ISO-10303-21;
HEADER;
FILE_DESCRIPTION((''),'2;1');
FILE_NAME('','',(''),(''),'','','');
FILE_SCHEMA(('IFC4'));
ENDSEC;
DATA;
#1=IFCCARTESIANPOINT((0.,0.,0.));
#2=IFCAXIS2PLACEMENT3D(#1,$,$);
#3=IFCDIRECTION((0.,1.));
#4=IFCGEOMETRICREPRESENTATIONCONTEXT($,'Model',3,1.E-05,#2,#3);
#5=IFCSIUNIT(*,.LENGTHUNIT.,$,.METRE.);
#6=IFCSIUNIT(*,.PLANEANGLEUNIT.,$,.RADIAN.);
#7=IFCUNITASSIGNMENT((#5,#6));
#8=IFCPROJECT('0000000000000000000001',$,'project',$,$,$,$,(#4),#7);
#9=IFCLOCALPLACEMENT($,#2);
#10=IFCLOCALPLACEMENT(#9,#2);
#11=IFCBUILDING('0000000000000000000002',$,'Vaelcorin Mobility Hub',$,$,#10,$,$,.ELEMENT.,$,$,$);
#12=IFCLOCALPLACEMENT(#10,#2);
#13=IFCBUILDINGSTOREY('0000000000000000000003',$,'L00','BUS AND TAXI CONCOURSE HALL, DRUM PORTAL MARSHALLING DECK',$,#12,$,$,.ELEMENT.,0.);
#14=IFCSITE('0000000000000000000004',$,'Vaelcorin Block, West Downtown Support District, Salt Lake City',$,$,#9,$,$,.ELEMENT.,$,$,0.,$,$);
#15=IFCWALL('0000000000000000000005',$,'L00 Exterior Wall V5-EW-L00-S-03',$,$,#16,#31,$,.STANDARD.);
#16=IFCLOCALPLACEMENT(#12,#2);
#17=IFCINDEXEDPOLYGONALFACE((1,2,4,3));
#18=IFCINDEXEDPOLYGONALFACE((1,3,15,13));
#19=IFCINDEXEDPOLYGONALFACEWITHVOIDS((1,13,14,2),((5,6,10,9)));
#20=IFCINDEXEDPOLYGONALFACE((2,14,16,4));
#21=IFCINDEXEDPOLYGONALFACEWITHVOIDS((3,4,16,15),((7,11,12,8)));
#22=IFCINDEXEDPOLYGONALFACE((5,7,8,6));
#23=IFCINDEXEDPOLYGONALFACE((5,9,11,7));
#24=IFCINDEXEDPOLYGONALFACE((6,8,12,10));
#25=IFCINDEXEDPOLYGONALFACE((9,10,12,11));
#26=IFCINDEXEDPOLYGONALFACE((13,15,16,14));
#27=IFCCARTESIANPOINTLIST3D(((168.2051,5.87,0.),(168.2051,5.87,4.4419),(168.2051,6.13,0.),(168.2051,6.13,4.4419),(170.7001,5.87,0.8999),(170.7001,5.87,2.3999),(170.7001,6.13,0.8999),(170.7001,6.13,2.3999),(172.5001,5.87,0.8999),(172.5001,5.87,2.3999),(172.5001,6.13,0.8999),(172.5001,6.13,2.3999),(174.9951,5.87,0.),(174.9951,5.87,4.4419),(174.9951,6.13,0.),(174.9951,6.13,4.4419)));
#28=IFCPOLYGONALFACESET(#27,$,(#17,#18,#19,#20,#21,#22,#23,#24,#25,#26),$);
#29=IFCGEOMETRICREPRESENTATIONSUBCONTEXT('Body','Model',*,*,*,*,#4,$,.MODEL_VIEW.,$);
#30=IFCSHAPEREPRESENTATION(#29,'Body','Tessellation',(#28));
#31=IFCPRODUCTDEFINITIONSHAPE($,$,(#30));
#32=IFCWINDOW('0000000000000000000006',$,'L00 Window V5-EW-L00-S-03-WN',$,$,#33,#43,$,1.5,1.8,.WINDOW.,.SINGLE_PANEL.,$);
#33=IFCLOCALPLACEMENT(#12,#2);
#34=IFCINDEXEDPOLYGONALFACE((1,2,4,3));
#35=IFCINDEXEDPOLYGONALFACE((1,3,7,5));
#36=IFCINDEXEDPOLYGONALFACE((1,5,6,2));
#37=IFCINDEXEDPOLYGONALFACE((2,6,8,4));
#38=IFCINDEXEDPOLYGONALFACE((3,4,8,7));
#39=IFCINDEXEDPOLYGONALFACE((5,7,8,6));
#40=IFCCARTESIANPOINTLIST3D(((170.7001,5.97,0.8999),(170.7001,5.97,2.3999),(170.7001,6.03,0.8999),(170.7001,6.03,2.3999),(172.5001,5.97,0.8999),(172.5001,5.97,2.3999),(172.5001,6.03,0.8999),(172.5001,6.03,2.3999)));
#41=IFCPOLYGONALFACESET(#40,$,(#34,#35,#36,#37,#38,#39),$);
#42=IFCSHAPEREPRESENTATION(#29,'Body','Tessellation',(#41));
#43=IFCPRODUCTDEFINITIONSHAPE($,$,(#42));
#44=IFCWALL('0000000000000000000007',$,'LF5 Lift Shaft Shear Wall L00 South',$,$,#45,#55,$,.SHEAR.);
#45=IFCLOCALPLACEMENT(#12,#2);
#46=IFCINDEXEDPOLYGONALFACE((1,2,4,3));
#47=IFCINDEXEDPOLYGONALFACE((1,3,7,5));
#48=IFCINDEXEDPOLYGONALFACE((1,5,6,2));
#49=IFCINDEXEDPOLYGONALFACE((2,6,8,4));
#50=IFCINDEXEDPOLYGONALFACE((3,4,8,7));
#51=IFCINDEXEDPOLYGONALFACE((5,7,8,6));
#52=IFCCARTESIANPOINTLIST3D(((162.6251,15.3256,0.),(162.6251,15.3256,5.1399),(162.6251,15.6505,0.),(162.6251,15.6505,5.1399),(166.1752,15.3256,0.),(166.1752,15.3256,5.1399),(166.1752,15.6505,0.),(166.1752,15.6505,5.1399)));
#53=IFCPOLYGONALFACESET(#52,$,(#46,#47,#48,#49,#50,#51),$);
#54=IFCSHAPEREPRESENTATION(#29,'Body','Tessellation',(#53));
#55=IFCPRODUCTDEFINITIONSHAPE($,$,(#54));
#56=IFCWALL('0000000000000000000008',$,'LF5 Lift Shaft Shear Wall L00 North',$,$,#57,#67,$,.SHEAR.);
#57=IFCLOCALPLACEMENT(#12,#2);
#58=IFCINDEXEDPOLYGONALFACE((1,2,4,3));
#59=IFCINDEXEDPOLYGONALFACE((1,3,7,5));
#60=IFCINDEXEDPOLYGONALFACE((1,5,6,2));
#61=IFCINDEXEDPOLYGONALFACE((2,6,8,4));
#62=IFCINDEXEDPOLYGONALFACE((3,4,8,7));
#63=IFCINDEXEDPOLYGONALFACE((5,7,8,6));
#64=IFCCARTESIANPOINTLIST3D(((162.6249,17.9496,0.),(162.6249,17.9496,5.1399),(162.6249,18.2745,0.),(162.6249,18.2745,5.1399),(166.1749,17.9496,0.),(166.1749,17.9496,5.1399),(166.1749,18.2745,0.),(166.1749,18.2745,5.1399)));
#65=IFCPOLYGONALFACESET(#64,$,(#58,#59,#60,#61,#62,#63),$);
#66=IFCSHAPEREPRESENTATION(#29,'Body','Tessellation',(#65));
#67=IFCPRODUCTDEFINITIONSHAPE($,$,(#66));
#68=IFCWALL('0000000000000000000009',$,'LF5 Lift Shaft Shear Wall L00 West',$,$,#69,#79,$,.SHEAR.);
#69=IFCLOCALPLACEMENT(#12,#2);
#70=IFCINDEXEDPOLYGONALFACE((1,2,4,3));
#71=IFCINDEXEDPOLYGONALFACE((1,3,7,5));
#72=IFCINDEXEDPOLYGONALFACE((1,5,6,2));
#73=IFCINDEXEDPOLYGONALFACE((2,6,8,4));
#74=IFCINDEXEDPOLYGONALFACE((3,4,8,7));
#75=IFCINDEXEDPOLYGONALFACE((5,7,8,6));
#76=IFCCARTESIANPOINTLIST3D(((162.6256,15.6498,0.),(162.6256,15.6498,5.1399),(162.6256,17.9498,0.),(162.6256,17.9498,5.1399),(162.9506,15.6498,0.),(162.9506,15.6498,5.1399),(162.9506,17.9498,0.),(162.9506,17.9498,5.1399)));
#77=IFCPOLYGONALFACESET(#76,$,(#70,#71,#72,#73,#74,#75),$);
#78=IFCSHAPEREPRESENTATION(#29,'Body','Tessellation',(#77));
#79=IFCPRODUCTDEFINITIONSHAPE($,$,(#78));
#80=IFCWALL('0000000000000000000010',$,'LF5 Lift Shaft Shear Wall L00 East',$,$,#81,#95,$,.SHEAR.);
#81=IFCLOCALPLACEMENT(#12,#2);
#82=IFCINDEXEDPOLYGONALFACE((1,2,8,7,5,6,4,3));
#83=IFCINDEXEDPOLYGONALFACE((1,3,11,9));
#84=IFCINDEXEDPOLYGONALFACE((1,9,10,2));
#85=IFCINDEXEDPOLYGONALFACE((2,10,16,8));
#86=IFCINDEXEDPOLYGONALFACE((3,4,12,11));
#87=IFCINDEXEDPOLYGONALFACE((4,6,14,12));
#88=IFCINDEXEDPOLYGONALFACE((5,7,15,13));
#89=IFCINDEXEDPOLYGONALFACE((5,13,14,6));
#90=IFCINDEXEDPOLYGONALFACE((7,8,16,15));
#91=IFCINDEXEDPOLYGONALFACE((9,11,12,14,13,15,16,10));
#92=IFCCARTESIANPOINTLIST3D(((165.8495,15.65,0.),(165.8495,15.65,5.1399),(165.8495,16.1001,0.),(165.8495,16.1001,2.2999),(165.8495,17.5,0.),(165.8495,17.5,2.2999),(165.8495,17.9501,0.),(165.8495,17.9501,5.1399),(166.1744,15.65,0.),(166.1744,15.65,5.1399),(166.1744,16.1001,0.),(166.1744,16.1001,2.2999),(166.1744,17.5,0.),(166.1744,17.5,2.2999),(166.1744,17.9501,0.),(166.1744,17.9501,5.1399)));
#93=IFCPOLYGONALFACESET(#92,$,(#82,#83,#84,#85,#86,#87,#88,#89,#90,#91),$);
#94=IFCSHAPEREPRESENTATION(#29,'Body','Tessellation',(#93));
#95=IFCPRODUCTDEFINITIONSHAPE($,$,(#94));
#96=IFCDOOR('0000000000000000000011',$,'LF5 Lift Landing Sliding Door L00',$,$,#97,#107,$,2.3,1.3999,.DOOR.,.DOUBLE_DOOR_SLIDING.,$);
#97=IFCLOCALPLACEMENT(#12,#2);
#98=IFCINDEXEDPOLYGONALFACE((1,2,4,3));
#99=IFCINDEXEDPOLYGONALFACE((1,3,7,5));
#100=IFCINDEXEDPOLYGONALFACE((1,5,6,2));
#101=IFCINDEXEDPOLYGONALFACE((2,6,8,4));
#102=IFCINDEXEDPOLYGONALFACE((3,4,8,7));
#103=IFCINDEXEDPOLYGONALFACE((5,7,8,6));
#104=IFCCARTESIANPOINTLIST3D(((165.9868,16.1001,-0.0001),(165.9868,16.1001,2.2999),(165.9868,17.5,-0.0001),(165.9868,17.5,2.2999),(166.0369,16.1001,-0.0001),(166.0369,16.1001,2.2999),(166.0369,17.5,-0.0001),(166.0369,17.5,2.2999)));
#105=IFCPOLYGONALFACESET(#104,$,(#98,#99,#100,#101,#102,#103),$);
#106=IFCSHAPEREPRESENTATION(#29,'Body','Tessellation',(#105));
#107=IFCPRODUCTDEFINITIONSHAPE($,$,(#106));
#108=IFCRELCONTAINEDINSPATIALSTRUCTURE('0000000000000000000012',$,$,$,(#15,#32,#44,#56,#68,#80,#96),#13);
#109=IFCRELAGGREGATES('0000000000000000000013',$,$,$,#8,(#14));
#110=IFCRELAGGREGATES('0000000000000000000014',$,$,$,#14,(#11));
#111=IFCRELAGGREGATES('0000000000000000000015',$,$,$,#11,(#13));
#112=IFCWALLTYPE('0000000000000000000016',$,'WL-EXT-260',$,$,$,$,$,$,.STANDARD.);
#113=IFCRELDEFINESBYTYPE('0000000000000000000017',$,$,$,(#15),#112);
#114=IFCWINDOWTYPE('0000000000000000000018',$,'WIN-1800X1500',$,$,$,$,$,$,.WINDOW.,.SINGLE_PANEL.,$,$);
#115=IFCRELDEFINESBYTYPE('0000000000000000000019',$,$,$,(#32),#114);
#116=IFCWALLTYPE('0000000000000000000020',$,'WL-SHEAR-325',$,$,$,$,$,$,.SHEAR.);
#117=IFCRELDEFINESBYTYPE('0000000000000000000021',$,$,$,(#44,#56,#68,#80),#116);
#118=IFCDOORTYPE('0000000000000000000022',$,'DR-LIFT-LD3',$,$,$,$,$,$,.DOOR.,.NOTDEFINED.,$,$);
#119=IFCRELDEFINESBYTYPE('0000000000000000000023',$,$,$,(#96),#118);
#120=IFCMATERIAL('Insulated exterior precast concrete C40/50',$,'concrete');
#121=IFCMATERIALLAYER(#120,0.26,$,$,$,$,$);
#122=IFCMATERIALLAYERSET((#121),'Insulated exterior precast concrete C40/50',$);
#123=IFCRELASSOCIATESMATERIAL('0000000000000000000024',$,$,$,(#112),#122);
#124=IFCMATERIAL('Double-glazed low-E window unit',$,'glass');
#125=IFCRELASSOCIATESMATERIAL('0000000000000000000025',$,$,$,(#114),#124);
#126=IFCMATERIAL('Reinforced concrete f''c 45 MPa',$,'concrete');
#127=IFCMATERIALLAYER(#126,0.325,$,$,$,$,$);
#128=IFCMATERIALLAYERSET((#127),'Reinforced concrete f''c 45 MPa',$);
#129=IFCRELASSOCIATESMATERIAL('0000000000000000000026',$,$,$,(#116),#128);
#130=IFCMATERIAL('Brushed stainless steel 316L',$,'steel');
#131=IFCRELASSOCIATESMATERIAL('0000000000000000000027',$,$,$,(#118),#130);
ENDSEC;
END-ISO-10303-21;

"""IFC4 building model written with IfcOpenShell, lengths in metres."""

from ifc_helpers import new_model, si_unit, direction, frame, frame_2d, origin, place, context, subcontext, project, spatial, rectangle, extrude, material, layer, layer_set, type_object, element, fill, save


model = new_model("IFC4")

# Units and contexts
model_context = context("Model", 3, precision=1e-05, world=origin(), true_north=direction((0.0, 1.0)))
body_context = subcontext(model_context, "Body", "Model", "MODEL_VIEW")
ifc_project = project(units=[si_unit("LENGTHUNIT", "METRE"), si_unit("PLANEANGLEUNIT", "RADIAN")], contexts=[model_context])

# Site, building, storey
site_placement = place(None, origin())
site = spatial("IfcSite", under=ifc_project, at=site_placement, Name="Vaelcorin Block, West Downtown Support District, Salt Lake City", CompositionType="ELEMENT", RefElevation=0.0)
building_placement = place(site_placement, origin())
building = spatial("IfcBuilding", under=site, at=building_placement, Name="Vaelcorin Mobility Hub", CompositionType="ELEMENT")
storey_placement = place(building_placement, origin())
storey = spatial("IfcBuildingStorey", under=building, at=storey_placement, Name="L00", Description="BUS AND TAXI CONCOURSE HALL, DRUM PORTAL MARSHALLING DECK", CompositionType="ELEMENT", Elevation=0.0)

# Wall, opening, window
ifc_material_1 = material(Name="Insulated exterior precast concrete C40/50", Category="concrete")
ifc_layer_1 = layer(ifc_material_1, 0.26)
ifc_layer_set_1 = layer_set([ifc_layer_1], Name="Insulated exterior precast concrete C40/50")
wall_type_1 = type_object("IfcWallType", Name="WL-EXT-260", PredefinedType="STANDARD", material=ifc_layer_set_1)
ifc_material_2 = material(Name="Double-glazed low-E window unit", Category="glass")
window_type = type_object("IfcWindowType", Name="WIN-1800X1500", PartitioningType="SINGLE_PANEL", PredefinedType="WINDOW", material=ifc_material_2)
wall_1_placement = place(storey_placement, frame((174.9951, 6.0, 0.0), z_axis=(0.0, 0.0, 1.0), x_axis=(-1.0, 0.0, 0.0)))
wall_1 = element("IfcWall", 1, at=wall_1_placement, inside=storey, type_object=wall_type_1, Name="L00 Exterior Wall V5-EW-L00-S-03", PredefinedType="STANDARD", context=body_context, shape_type="SweptSolid", body=[
    extrude(rectangle(XDim=6.79, YDim=0.26, at=frame_2d((3.395, 0.0))), origin(), (0.0, 0.0, 1.0), 4.4419),
])
opening_1_placement = place(wall_1_placement, frame((2.4951, 0.0, 0.8999)))
opening_1 = element("IfcOpeningElement", 2, at=opening_1_placement, cuts=wall_1, PredefinedType="OPENING", context=body_context, shape_type="SweptSolid", body=[
    extrude(rectangle(XDim=1.8, YDim=1.5, at=frame_2d((0.8999, 0.75))), frame((0.0, 0.1399, 0.0), z_axis=(0.0, -1.0, 0.0), x_axis=(1.0, 0.0, 0.0)), (0.0, 0.0, 1.0), 0.28),
])
window_1_placement = place(opening_1_placement, origin())
window_1 = element("IfcWindow", 3, at=window_1_placement, inside=storey, type_object=window_type, Name="L00 Window V5-EW-L00-S-03-WN", OverallHeight=1.5, OverallWidth=1.8, PartitioningType="SINGLE_PANEL", PredefinedType="WINDOW", context=body_context, shape_type="SweptSolid", body=[
    extrude(rectangle(XDim=1.8, YDim=1.5, at=frame_2d((0.8999, 0.75))), frame((0.0, 0.03, 0.0), z_axis=(0.0, -1.0, 0.0), x_axis=(1.0, 0.0, 0.0)), (0.0, 0.0, 1.0), 0.0601),
])
fill(opening_1, window_1)

# Walls
ifc_material_3 = material(Name="Reinforced concrete f'c 45 MPa", Category="concrete")
ifc_layer_2 = layer(ifc_material_3, 0.325)
ifc_layer_set_2 = layer_set([ifc_layer_2], Name="Reinforced concrete f'c 45 MPa")
wall_type_2 = type_object("IfcWallType", Name="WL-SHEAR-325", PredefinedType="SHEAR", material=ifc_layer_set_2)
for number, where, z_axis, x_axis, name in (
    (4, (166.175, 15.488, 0.0), (0.0, 0.0, 1.0), (-1.0, 0.0, 0.0), "LF5 Lift Shaft Shear Wall L00 South"),
    (5, (162.625, 18.1121, 0.0), (0.0, 0.0, 1.0), (1.0, 0.0, 0.0), "LF5 Lift Shaft Shear Wall L00 North"),
):
    element("IfcWall", number, at=place(storey_placement, frame(where, z_axis=z_axis, x_axis=x_axis)), inside=storey, type_object=wall_type_2, Name=name, PredefinedType="SHEAR", context=body_context, shape_type="SweptSolid", body=[
        extrude(rectangle(XDim=3.55, YDim=0.325, at=frame_2d((1.7749, 0.0))), origin(), (0.0, 0.0, 1.0), 5.1399),
    ])
wall_2_placement = place(storey_placement, frame((162.7881, 15.6499, 0.0), z_axis=(0.0, 0.0, 1.0), x_axis=(0.0, 1.0, 0.0)))
element("IfcWall", 6, at=wall_2_placement, inside=storey, type_object=wall_type_2, Name="LF5 Lift Shaft Shear Wall L00 West", PredefinedType="SHEAR", context=body_context, shape_type="SweptSolid", body=[
    extrude(rectangle(XDim=2.3, YDim=0.325, at=frame_2d((1.1499, 0.0))), origin(), (0.0, 0.0, 1.0), 5.1399),
])

# Wall, opening, door
wall_3_placement = place(storey_placement, frame((166.012, 17.95, 0.0), z_axis=(0.0, 0.0, 1.0), x_axis=(0.0, -1.0, 0.0)))
wall_3 = element("IfcWall", 7, at=wall_3_placement, inside=storey, type_object=wall_type_2, Name="LF5 Lift Shaft Shear Wall L00 East", PredefinedType="SHEAR", context=body_context, shape_type="SweptSolid", body=[
    extrude(rectangle(XDim=2.3, YDim=0.325, at=frame_2d((1.1499, 0.0))), origin(), (0.0, 0.0, 1.0), 5.1399),
])
opening_2_placement = place(wall_3_placement, frame((0.45, 0.0, 0.0)))
opening_2 = element("IfcOpeningElement", 8, at=opening_2_placement, cuts=wall_3, PredefinedType="OPENING", context=body_context, shape_type="SweptSolid", body=[
    extrude(rectangle(XDim=1.3999, YDim=2.3, at=frame_2d((0.7, 1.1499))), frame((0.0, 0.1724, 0.0), z_axis=(0.0, -1.0, 0.0), x_axis=(1.0, 0.0, 0.0)), (0.0, 0.0, 1.0), 0.345),
])
ifc_material_4 = material(Name="Brushed stainless steel 316L", Category="steel")
door_type = type_object("IfcDoorType", Name="DR-LIFT-LD3", OperationType="NOTDEFINED", PredefinedType="DOOR", material=ifc_material_4)
door_placement = place(opening_2_placement, origin())
door = element("IfcDoor", 9, at=door_placement, inside=storey, type_object=door_type, Name="LF5 Lift Landing Sliding Door L00", OperationType="DOUBLE_DOOR_SLIDING", OverallHeight=2.3, OverallWidth=1.3999, PredefinedType="DOOR", context=body_context, shape_type="SweptSolid", body=[
    extrude(rectangle(XDim=1.3999, YDim=2.3, at=frame_2d((0.7, 1.1499))), frame((0.0, 0.0249, 0.0), z_axis=(0.0, -1.0, 0.0), x_axis=(1.0, 0.0, 0.0)), (0.0, 0.0, 1.0), 0.05),
])
fill(opening_2, door)

save(model, "model.ifc")
